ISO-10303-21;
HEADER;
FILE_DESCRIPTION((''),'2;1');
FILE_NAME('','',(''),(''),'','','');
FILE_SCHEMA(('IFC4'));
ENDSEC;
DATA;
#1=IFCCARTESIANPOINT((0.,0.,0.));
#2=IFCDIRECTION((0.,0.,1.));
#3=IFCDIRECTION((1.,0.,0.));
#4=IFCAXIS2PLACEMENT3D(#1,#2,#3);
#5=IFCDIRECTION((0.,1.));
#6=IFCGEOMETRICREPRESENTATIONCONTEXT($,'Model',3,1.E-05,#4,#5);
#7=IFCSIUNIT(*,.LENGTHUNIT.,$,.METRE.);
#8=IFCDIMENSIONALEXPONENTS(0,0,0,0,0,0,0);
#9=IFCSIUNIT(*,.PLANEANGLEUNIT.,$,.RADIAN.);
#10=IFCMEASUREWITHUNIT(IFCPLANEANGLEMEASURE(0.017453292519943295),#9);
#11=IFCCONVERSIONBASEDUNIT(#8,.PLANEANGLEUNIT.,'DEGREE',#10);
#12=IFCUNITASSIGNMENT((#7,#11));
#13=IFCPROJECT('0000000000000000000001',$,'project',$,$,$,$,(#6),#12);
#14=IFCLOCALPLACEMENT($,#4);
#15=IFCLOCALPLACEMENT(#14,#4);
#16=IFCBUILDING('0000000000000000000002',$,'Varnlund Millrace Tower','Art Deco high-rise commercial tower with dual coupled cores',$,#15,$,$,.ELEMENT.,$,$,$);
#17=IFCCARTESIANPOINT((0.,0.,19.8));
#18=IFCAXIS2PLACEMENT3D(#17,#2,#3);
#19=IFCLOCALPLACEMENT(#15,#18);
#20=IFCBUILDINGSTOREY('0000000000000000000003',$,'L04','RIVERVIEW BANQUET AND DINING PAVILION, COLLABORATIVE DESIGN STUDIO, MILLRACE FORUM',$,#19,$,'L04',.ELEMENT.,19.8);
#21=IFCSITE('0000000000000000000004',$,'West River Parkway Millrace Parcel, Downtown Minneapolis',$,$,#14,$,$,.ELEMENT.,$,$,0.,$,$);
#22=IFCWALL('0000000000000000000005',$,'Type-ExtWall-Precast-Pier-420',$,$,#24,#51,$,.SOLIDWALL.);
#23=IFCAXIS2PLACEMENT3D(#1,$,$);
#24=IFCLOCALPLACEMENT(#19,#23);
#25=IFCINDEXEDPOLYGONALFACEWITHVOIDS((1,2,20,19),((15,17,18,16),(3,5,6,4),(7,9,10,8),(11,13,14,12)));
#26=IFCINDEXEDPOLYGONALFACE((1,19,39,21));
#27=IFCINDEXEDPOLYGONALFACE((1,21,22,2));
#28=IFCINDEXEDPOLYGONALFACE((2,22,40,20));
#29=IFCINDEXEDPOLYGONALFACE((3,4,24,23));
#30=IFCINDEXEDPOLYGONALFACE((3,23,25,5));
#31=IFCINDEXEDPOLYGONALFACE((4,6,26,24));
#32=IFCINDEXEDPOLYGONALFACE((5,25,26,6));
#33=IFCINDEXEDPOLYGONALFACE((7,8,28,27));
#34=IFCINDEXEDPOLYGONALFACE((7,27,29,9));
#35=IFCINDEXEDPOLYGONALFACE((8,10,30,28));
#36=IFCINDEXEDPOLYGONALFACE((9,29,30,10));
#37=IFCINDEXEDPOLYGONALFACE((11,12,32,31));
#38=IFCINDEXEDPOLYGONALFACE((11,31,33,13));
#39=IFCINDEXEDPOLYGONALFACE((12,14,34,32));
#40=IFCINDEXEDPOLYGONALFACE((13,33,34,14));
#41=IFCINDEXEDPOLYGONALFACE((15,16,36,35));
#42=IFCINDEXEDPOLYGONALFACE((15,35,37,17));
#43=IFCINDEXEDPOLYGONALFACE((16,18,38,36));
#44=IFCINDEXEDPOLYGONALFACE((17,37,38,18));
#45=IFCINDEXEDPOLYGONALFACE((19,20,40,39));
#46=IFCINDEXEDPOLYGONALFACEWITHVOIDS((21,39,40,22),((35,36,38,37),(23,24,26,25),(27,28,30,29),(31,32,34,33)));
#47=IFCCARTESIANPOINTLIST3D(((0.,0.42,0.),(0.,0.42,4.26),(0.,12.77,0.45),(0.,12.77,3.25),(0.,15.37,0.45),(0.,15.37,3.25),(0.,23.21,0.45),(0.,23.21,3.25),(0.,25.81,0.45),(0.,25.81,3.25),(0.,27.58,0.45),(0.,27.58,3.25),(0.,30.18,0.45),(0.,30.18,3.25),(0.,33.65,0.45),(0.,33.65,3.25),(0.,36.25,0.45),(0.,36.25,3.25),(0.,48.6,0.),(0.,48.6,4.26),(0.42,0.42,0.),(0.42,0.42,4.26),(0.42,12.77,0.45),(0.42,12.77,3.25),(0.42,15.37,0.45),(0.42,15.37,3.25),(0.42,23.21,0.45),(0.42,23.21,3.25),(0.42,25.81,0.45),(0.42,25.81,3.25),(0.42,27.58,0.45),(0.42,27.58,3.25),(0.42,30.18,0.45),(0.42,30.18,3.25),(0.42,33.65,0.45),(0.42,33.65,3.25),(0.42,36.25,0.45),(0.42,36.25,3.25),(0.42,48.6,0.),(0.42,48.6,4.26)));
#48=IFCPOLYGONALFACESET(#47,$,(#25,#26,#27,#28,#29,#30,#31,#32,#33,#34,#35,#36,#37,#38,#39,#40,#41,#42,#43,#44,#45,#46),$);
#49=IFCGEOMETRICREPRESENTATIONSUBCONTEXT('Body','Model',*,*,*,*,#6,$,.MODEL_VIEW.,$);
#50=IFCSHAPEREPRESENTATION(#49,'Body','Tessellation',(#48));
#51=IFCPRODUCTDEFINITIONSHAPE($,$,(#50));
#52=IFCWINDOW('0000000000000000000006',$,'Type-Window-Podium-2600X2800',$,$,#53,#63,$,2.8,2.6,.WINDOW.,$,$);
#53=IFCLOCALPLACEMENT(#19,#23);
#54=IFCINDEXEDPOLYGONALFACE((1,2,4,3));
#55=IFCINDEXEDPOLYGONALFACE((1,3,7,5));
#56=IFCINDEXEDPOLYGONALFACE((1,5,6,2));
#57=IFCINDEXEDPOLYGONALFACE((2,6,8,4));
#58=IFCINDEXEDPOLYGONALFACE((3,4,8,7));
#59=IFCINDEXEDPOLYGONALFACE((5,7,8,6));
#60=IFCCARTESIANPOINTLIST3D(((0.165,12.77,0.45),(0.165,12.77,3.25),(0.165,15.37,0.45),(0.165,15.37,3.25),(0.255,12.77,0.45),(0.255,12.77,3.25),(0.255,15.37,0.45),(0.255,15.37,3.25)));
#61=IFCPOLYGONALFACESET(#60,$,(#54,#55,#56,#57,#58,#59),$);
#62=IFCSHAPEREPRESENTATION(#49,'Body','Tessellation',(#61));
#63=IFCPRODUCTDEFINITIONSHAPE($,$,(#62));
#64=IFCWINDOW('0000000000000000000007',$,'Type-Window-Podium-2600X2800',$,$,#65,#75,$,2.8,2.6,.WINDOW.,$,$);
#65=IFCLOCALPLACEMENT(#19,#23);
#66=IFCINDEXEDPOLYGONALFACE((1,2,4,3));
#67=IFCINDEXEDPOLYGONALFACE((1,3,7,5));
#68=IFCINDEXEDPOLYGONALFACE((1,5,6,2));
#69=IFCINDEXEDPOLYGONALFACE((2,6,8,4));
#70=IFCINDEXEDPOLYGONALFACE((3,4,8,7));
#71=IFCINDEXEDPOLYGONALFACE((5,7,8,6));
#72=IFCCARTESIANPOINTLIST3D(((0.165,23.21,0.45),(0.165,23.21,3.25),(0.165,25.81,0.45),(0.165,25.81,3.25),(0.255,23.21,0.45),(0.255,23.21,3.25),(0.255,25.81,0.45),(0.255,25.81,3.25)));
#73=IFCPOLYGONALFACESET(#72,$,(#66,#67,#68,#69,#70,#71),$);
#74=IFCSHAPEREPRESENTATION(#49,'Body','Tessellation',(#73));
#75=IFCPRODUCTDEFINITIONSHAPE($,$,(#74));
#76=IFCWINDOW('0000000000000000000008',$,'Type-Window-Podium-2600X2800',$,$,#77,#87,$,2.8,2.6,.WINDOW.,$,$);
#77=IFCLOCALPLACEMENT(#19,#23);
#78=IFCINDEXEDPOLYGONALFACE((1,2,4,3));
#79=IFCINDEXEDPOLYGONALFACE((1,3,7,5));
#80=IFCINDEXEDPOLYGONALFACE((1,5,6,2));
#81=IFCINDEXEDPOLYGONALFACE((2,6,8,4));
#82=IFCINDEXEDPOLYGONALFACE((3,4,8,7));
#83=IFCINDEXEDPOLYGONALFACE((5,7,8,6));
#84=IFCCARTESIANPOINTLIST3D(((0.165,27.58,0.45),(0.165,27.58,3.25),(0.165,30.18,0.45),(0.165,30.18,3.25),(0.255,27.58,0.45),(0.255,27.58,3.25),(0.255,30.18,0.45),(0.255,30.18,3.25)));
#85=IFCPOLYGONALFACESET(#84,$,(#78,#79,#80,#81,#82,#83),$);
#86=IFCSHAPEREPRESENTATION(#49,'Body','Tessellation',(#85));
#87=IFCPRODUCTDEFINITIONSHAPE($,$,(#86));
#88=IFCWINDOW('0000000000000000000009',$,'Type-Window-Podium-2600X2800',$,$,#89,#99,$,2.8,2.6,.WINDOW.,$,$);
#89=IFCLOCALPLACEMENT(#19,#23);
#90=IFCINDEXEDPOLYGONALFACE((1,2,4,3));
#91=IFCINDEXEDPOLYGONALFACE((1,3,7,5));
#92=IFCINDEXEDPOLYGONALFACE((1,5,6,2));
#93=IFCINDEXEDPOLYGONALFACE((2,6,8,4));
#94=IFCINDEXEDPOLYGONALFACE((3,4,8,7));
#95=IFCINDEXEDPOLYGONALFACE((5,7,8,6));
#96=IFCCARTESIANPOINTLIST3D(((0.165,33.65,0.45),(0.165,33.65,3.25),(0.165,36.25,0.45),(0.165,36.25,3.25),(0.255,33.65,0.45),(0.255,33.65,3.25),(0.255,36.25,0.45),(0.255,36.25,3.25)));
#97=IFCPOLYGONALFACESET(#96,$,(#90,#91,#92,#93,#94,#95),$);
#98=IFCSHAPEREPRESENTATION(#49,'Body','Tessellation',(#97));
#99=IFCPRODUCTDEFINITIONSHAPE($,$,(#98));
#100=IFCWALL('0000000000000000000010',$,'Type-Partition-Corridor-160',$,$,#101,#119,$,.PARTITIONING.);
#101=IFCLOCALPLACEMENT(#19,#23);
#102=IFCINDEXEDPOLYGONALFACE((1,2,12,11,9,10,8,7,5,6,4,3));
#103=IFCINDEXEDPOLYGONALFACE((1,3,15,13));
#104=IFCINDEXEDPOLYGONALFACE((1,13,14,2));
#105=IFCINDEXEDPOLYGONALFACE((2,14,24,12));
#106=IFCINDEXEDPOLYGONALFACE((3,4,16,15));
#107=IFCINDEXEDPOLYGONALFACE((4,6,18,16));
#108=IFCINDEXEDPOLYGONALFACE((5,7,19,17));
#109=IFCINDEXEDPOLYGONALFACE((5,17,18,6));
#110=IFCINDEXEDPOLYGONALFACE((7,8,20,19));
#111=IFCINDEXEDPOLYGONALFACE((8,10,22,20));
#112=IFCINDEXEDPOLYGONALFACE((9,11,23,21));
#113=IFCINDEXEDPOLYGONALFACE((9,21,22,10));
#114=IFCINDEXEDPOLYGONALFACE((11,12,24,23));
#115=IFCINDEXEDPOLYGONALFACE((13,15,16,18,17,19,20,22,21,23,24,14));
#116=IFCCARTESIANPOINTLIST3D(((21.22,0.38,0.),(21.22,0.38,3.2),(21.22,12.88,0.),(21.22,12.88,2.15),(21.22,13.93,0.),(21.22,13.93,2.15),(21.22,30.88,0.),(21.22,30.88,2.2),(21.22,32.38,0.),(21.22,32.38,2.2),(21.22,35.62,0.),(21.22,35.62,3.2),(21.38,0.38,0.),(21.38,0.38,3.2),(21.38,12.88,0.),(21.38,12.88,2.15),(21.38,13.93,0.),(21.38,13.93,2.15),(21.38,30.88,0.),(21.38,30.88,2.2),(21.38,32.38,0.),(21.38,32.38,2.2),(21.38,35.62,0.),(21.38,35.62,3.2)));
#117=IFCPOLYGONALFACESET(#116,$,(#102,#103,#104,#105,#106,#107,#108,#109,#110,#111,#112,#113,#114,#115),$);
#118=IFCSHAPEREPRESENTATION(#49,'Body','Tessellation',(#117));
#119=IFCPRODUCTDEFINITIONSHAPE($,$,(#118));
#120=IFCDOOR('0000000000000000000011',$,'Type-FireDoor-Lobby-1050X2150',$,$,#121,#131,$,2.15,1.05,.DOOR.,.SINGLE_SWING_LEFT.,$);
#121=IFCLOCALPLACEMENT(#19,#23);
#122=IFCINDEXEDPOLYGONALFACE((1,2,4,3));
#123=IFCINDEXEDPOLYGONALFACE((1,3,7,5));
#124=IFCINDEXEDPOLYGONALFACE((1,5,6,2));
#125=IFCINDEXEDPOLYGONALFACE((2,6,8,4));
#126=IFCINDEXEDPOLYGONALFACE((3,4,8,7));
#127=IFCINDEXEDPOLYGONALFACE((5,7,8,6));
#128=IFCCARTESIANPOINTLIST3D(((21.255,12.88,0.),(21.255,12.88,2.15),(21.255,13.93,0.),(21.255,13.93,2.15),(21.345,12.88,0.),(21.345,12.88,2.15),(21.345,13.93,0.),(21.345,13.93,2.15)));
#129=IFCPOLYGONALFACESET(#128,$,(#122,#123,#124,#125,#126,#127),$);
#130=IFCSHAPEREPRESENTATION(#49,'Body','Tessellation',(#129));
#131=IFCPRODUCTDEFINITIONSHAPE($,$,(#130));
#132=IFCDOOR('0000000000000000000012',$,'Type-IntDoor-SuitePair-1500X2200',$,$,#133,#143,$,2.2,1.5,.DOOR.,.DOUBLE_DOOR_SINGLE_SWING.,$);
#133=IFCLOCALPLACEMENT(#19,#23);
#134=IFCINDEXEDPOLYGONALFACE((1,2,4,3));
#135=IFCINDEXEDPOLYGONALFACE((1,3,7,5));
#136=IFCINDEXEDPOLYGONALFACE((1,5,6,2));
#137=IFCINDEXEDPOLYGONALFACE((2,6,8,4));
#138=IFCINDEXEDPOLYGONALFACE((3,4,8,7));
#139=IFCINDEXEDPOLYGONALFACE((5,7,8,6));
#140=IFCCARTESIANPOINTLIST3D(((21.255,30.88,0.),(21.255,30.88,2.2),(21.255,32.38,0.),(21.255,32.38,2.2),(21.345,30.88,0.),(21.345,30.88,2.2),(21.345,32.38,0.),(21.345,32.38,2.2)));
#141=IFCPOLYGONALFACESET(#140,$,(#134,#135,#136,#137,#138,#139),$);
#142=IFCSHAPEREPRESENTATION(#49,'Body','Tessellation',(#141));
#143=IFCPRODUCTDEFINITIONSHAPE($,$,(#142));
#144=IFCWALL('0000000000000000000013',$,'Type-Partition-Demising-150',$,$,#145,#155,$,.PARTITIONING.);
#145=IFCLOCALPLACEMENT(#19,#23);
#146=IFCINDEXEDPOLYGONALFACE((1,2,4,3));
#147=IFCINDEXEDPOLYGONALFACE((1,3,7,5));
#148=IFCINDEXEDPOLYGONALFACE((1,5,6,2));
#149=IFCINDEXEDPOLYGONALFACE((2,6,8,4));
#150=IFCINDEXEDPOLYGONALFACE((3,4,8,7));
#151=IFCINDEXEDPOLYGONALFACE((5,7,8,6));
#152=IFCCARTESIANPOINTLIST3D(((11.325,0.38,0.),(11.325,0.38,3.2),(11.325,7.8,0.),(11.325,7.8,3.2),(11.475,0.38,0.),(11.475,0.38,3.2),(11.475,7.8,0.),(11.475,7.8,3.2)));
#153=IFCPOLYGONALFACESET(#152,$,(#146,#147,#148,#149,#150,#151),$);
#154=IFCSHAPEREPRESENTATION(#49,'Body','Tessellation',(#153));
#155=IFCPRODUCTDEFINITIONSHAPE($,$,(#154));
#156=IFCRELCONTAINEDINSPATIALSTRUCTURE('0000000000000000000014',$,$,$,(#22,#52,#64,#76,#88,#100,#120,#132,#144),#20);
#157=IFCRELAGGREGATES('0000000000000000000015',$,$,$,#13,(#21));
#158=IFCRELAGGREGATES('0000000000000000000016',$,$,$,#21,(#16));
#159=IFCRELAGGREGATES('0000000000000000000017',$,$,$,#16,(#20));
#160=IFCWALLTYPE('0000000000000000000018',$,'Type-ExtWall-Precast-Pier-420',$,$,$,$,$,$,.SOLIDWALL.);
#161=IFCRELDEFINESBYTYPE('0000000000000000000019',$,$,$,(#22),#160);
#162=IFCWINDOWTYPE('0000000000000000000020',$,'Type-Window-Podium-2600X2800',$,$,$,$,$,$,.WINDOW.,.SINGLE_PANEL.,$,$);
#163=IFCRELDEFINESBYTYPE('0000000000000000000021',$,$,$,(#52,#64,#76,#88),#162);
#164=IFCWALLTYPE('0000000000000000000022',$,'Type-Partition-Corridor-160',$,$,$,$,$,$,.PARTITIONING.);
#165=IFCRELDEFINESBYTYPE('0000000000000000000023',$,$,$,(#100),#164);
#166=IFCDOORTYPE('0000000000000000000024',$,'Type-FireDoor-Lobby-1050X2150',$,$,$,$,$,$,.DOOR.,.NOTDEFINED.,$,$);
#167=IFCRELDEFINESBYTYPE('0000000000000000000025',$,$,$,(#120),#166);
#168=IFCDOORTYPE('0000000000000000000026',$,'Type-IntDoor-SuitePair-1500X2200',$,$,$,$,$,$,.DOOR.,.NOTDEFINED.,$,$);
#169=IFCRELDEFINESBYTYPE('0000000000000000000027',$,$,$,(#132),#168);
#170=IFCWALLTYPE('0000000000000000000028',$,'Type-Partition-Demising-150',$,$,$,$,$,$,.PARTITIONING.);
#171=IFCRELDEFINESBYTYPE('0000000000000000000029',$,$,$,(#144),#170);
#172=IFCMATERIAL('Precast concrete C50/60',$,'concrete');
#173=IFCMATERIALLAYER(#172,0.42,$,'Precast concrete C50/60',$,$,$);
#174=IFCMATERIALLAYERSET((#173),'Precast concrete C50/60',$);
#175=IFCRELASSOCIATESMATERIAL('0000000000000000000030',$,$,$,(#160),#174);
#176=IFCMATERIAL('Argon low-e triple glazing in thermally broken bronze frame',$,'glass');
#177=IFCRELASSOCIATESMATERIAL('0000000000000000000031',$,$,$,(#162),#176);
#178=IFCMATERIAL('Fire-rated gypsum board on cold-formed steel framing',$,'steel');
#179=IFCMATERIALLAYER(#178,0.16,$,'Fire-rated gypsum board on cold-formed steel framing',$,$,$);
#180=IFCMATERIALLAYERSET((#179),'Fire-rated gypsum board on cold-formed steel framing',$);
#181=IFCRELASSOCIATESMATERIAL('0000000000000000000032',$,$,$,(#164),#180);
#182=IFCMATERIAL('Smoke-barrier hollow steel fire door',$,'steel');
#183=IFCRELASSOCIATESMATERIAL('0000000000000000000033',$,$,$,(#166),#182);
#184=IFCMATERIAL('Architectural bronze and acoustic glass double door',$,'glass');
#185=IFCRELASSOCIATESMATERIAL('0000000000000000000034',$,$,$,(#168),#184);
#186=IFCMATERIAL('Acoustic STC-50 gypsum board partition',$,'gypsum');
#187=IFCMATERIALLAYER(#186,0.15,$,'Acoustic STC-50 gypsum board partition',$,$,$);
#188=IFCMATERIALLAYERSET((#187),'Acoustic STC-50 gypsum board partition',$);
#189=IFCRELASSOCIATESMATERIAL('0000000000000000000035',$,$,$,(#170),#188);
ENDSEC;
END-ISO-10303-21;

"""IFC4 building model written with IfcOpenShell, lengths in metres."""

from ifc_helpers import new_model, entity, si_unit, converted_unit, direction, frame, origin_with_axes, origin_2d_with_axis, place, context, subcontext, project, spatial, polyline, rectangle, outline, extrude, material, layer, layer_set, type_object, element, fill, save


model = new_model("IFC4")

# Units and contexts
model_context = context("Model", 3, precision=1e-05, world=origin_with_axes(), true_north=direction((0.0, 1.0)))
body_context = subcontext(model_context, "Body", "Model", "MODEL_VIEW")
ifc_project = project(units=[si_unit("LENGTHUNIT", "METRE"), converted_unit("PLANEANGLEUNIT", "DEGREE", entity("IfcPlaneAngleMeasure", 0.017453292519943295), si_unit("PLANEANGLEUNIT", "RADIAN"), dimensions=[0, 0, 0, 0, 0, 0, 0])], contexts=[model_context])

# Site, building, storey
site_placement = place(None, origin_with_axes())
site = spatial("IfcSite", under=ifc_project, at=site_placement, Name="West River Parkway Millrace Parcel, Downtown Minneapolis", CompositionType="ELEMENT", RefElevation=0.0)
building_placement = place(site_placement, origin_with_axes())
building = spatial("IfcBuilding", under=site, at=building_placement, Name="Varnlund Millrace Tower", Description="Art Deco high-rise commercial tower with dual coupled cores", CompositionType="ELEMENT")
storey_placement = place(building_placement, frame((0.0, 0.0, 19.8), z_axis=(0.0, 0.0, 1.0), x_axis=(1.0, 0.0, 0.0)))
storey = spatial("IfcBuildingStorey", under=building, at=storey_placement, Name="L04", Description="RIVERVIEW BANQUET AND DINING PAVILION, COLLABORATIVE DESIGN STUDIO, MILLRACE FORUM", LongName="L04", CompositionType="ELEMENT", Elevation=19.8)

# Wall, openings, windows
ifc_material_1 = material(Name="Precast concrete C50/60", Category="concrete")
ifc_layer_1 = layer(ifc_material_1, 0.42, Name="Precast concrete C50/60")
ifc_layer_set_1 = layer_set([ifc_layer_1], Name="Precast concrete C50/60")
wall_type_1 = type_object("IfcWallType", Name="Type-ExtWall-Precast-Pier-420", PredefinedType="SOLIDWALL", material=ifc_layer_set_1)
wall_1_placement = place(storey_placement, frame((0.21, 0.42, 0.0), z_axis=(0.0, 0.0, 1.0), x_axis=(0.0, 1.0, 0.0)))
wall_1 = element("IfcWall", 1, at=wall_1_placement, inside=storey, type_object=wall_type_1, Name="Type-ExtWall-Precast-Pier-420", PredefinedType="SOLIDWALL", context=body_context, shape_type="SweptSolid", body=[
    extrude(outline(polyline([(0.0, -0.21), (48.18, -0.21), (48.18, 0.21), (0.0, 0.21), (0.0, -0.21)])), origin_with_axes(), (0.0, 0.0, 1.0), 4.26),
])
opening_1_placement = place(wall_1_placement, frame((13.65, 0.0, 0.45), z_axis=(0.0, 0.0, 1.0), x_axis=(1.0, 0.0, 0.0)))
opening_1 = element("IfcOpeningElement", 2, at=opening_1_placement, cuts=wall_1, PredefinedType="OPENING", context=body_context, shape_type="SweptSolid", body=[
    extrude(rectangle(XDim=2.6, YDim=0.44, at=origin_2d_with_axis()), origin_with_axes(), (0.0, 0.0, 1.0), 2.8),
])
opening_2_placement = place(wall_1_placement, frame((24.09, 0.0, 0.45), z_axis=(0.0, 0.0, 1.0), x_axis=(1.0, 0.0, 0.0)))
opening_2 = element("IfcOpeningElement", 3, at=opening_2_placement, cuts=wall_1, PredefinedType="OPENING", context=body_context, shape_type="SweptSolid", body=[
    extrude(rectangle(XDim=2.6, YDim=0.44, at=origin_2d_with_axis()), origin_with_axes(), (0.0, 0.0, 1.0), 2.8),
])
opening_3_placement = place(wall_1_placement, frame((28.46, 0.0, 0.45), z_axis=(0.0, 0.0, 1.0), x_axis=(1.0, 0.0, 0.0)))
opening_3 = element("IfcOpeningElement", 4, at=opening_3_placement, cuts=wall_1, PredefinedType="OPENING", context=body_context, shape_type="SweptSolid", body=[
    extrude(rectangle(XDim=2.6, YDim=0.44, at=origin_2d_with_axis()), origin_with_axes(), (0.0, 0.0, 1.0), 2.8),
])
opening_4_placement = place(wall_1_placement, frame((34.53, 0.0, 0.45), z_axis=(0.0, 0.0, 1.0), x_axis=(1.0, 0.0, 0.0)))
opening_4 = element("IfcOpeningElement", 5, at=opening_4_placement, cuts=wall_1, PredefinedType="OPENING", context=body_context, shape_type="SweptSolid", body=[
    extrude(rectangle(XDim=2.6, YDim=0.44, at=origin_2d_with_axis()), origin_with_axes(), (0.0, 0.0, 1.0), 2.8),
])
ifc_material_2 = material(Name="Argon low-e triple glazing in thermally broken bronze frame", Category="glass")
window_type = type_object("IfcWindowType", Name="Type-Window-Podium-2600X2800", PartitioningType="SINGLE_PANEL", PredefinedType="WINDOW", material=ifc_material_2)
window_1_placement = place(wall_1_placement, frame((13.65, 0.0, 0.45), z_axis=(0.0, 0.0, 1.0), x_axis=(1.0, 0.0, 0.0)))
window_1 = element("IfcWindow", 6, at=window_1_placement, inside=storey, type_object=window_type, Name="Type-Window-Podium-2600X2800", OverallHeight=2.8, OverallWidth=2.6, PredefinedType="WINDOW", context=body_context, shape_type="SweptSolid", body=[
    extrude(rectangle(XDim=2.6, YDim=0.09, at=origin_2d_with_axis()), origin_with_axes(), (0.0, 0.0, 1.0), 2.8),
])
fill(opening_1, window_1)
window_2_placement = place(wall_1_placement, frame((24.09, 0.0, 0.45), z_axis=(0.0, 0.0, 1.0), x_axis=(1.0, 0.0, 0.0)))
window_2 = element("IfcWindow", 7, at=window_2_placement, inside=storey, type_object=window_type, Name="Type-Window-Podium-2600X2800", OverallHeight=2.8, OverallWidth=2.6, PredefinedType="WINDOW", context=body_context, shape_type="SweptSolid", body=[
    extrude(rectangle(XDim=2.6, YDim=0.09, at=origin_2d_with_axis()), origin_with_axes(), (0.0, 0.0, 1.0), 2.8),
])
fill(opening_2, window_2)
window_3_placement = place(wall_1_placement, frame((28.46, 0.0, 0.45), z_axis=(0.0, 0.0, 1.0), x_axis=(1.0, 0.0, 0.0)))
window_3 = element("IfcWindow", 8, at=window_3_placement, inside=storey, type_object=window_type, Name="Type-Window-Podium-2600X2800", OverallHeight=2.8, OverallWidth=2.6, PredefinedType="WINDOW", context=body_context, shape_type="SweptSolid", body=[
    extrude(rectangle(XDim=2.6, YDim=0.09, at=origin_2d_with_axis()), origin_with_axes(), (0.0, 0.0, 1.0), 2.8),
])
fill(opening_3, window_3)
window_4_placement = place(wall_1_placement, frame((34.53, 0.0, 0.45), z_axis=(0.0, 0.0, 1.0), x_axis=(1.0, 0.0, 0.0)))
window_4 = element("IfcWindow", 9, at=window_4_placement, inside=storey, type_object=window_type, Name="Type-Window-Podium-2600X2800", OverallHeight=2.8, OverallWidth=2.6, PredefinedType="WINDOW", context=body_context, shape_type="SweptSolid", body=[
    extrude(rectangle(XDim=2.6, YDim=0.09, at=origin_2d_with_axis()), origin_with_axes(), (0.0, 0.0, 1.0), 2.8),
])
fill(opening_4, window_4)

# Wall, openings, doors
ifc_material_3 = material(Name="Fire-rated gypsum board on cold-formed steel framing", Category="steel")
ifc_layer_2 = layer(ifc_material_3, 0.16, Name="Fire-rated gypsum board on cold-formed steel framing")
ifc_layer_set_2 = layer_set([ifc_layer_2], Name="Fire-rated gypsum board on cold-formed steel framing")
wall_type_2 = type_object("IfcWallType", Name="Type-Partition-Corridor-160", PredefinedType="PARTITIONING", material=ifc_layer_set_2)
wall_2_placement = place(storey_placement, frame((21.3, 0.38, 0.0), z_axis=(0.0, 0.0, 1.0), x_axis=(0.0, 1.0, 0.0)))
wall_2 = element("IfcWall", 10, at=wall_2_placement, inside=storey, type_object=wall_type_2, Name="Type-Partition-Corridor-160", PredefinedType="PARTITIONING", context=body_context, shape_type="SweptSolid", body=[
    extrude(outline(polyline([(0.0, -0.08), (35.24, -0.08), (35.24, 0.08), (0.0, 0.08), (0.0, -0.08)])), origin_with_axes(), (0.0, 0.0, 1.0), 3.2),
])
opening_5_placement = place(wall_2_placement, frame((13.025, 0.0, 0.0), z_axis=(0.0, 0.0, 1.0), x_axis=(1.0, 0.0, 0.0)))
opening_5 = element("IfcOpeningElement", 11, at=opening_5_placement, cuts=wall_2, PredefinedType="OPENING", context=body_context, shape_type="SweptSolid", body=[
    extrude(rectangle(XDim=1.05, YDim=0.18, at=origin_2d_with_axis()), origin_with_axes(), (0.0, 0.0, 1.0), 2.15),
])
opening_6_placement = place(wall_2_placement, frame((31.25, 0.0, 0.0), z_axis=(0.0, 0.0, 1.0), x_axis=(1.0, 0.0, 0.0)))
opening_6 = element("IfcOpeningElement", 12, at=opening_6_placement, cuts=wall_2, PredefinedType="OPENING", context=body_context, shape_type="SweptSolid", body=[
    extrude(rectangle(XDim=1.5, YDim=0.18, at=origin_2d_with_axis()), origin_with_axes(), (0.0, 0.0, 1.0), 2.2),
])
ifc_material_4 = material(Name="Smoke-barrier hollow steel fire door", Category="steel")
door_type_1 = type_object("IfcDoorType", Name="Type-FireDoor-Lobby-1050X2150", OperationType="NOTDEFINED", PredefinedType="DOOR", material=ifc_material_4)
door_1_placement = place(wall_2_placement, frame((13.025, 0.0, 0.0), z_axis=(0.0, 0.0, 1.0), x_axis=(1.0, 0.0, 0.0)))
door_1 = element("IfcDoor", 13, at=door_1_placement, inside=storey, type_object=door_type_1, Name="Type-FireDoor-Lobby-1050X2150", OperationType="SINGLE_SWING_LEFT", OverallHeight=2.15, OverallWidth=1.05, PredefinedType="DOOR", context=body_context, shape_type="SweptSolid", body=[
    extrude(rectangle(XDim=1.05, YDim=0.09, at=origin_2d_with_axis()), origin_with_axes(), (0.0, 0.0, 1.0), 2.15),
])
fill(opening_5, door_1)
ifc_material_5 = material(Name="Architectural bronze and acoustic glass double door", Category="glass")
door_type_2 = type_object("IfcDoorType", Name="Type-IntDoor-SuitePair-1500X2200", OperationType="NOTDEFINED", PredefinedType="DOOR", material=ifc_material_5)
door_2_placement = place(wall_2_placement, frame((31.25, 0.0, 0.0), z_axis=(0.0, 0.0, 1.0), x_axis=(1.0, 0.0, 0.0)))
door_2 = element("IfcDoor", 14, at=door_2_placement, inside=storey, type_object=door_type_2, Name="Type-IntDoor-SuitePair-1500X2200", OperationType="DOUBLE_DOOR_SINGLE_SWING", OverallHeight=2.2, OverallWidth=1.5, PredefinedType="DOOR", context=body_context, shape_type="SweptSolid", body=[
    extrude(rectangle(XDim=1.5, YDim=0.09, at=origin_2d_with_axis()), origin_with_axes(), (0.0, 0.0, 1.0), 2.2),
])
fill(opening_6, door_2)

# Wall
ifc_material_6 = material(Name="Acoustic STC-50 gypsum board partition", Category="gypsum")
ifc_layer_3 = layer(ifc_material_6, 0.15, Name="Acoustic STC-50 gypsum board partition")
ifc_layer_set_3 = layer_set([ifc_layer_3], Name="Acoustic STC-50 gypsum board partition")
wall_type_3 = type_object("IfcWallType", Name="Type-Partition-Demising-150", PredefinedType="PARTITIONING", material=ifc_layer_set_3)
wall_3_placement = place(storey_placement, frame((11.4, 0.38, 0.0), z_axis=(0.0, 0.0, 1.0), x_axis=(0.0, 1.0, 0.0)))
element("IfcWall", 15, at=wall_3_placement, inside=storey, type_object=wall_type_3, Name="Type-Partition-Demising-150", PredefinedType="PARTITIONING", context=body_context, shape_type="SweptSolid", body=[
    extrude(outline(polyline([(0.0, -0.075), (7.42, -0.075), (7.42, 0.075), (0.0, 0.075), (0.0, -0.075)])), origin_with_axes(), (0.0, 0.0, 1.0), 3.2),
])

save(model, "model.ifc")
